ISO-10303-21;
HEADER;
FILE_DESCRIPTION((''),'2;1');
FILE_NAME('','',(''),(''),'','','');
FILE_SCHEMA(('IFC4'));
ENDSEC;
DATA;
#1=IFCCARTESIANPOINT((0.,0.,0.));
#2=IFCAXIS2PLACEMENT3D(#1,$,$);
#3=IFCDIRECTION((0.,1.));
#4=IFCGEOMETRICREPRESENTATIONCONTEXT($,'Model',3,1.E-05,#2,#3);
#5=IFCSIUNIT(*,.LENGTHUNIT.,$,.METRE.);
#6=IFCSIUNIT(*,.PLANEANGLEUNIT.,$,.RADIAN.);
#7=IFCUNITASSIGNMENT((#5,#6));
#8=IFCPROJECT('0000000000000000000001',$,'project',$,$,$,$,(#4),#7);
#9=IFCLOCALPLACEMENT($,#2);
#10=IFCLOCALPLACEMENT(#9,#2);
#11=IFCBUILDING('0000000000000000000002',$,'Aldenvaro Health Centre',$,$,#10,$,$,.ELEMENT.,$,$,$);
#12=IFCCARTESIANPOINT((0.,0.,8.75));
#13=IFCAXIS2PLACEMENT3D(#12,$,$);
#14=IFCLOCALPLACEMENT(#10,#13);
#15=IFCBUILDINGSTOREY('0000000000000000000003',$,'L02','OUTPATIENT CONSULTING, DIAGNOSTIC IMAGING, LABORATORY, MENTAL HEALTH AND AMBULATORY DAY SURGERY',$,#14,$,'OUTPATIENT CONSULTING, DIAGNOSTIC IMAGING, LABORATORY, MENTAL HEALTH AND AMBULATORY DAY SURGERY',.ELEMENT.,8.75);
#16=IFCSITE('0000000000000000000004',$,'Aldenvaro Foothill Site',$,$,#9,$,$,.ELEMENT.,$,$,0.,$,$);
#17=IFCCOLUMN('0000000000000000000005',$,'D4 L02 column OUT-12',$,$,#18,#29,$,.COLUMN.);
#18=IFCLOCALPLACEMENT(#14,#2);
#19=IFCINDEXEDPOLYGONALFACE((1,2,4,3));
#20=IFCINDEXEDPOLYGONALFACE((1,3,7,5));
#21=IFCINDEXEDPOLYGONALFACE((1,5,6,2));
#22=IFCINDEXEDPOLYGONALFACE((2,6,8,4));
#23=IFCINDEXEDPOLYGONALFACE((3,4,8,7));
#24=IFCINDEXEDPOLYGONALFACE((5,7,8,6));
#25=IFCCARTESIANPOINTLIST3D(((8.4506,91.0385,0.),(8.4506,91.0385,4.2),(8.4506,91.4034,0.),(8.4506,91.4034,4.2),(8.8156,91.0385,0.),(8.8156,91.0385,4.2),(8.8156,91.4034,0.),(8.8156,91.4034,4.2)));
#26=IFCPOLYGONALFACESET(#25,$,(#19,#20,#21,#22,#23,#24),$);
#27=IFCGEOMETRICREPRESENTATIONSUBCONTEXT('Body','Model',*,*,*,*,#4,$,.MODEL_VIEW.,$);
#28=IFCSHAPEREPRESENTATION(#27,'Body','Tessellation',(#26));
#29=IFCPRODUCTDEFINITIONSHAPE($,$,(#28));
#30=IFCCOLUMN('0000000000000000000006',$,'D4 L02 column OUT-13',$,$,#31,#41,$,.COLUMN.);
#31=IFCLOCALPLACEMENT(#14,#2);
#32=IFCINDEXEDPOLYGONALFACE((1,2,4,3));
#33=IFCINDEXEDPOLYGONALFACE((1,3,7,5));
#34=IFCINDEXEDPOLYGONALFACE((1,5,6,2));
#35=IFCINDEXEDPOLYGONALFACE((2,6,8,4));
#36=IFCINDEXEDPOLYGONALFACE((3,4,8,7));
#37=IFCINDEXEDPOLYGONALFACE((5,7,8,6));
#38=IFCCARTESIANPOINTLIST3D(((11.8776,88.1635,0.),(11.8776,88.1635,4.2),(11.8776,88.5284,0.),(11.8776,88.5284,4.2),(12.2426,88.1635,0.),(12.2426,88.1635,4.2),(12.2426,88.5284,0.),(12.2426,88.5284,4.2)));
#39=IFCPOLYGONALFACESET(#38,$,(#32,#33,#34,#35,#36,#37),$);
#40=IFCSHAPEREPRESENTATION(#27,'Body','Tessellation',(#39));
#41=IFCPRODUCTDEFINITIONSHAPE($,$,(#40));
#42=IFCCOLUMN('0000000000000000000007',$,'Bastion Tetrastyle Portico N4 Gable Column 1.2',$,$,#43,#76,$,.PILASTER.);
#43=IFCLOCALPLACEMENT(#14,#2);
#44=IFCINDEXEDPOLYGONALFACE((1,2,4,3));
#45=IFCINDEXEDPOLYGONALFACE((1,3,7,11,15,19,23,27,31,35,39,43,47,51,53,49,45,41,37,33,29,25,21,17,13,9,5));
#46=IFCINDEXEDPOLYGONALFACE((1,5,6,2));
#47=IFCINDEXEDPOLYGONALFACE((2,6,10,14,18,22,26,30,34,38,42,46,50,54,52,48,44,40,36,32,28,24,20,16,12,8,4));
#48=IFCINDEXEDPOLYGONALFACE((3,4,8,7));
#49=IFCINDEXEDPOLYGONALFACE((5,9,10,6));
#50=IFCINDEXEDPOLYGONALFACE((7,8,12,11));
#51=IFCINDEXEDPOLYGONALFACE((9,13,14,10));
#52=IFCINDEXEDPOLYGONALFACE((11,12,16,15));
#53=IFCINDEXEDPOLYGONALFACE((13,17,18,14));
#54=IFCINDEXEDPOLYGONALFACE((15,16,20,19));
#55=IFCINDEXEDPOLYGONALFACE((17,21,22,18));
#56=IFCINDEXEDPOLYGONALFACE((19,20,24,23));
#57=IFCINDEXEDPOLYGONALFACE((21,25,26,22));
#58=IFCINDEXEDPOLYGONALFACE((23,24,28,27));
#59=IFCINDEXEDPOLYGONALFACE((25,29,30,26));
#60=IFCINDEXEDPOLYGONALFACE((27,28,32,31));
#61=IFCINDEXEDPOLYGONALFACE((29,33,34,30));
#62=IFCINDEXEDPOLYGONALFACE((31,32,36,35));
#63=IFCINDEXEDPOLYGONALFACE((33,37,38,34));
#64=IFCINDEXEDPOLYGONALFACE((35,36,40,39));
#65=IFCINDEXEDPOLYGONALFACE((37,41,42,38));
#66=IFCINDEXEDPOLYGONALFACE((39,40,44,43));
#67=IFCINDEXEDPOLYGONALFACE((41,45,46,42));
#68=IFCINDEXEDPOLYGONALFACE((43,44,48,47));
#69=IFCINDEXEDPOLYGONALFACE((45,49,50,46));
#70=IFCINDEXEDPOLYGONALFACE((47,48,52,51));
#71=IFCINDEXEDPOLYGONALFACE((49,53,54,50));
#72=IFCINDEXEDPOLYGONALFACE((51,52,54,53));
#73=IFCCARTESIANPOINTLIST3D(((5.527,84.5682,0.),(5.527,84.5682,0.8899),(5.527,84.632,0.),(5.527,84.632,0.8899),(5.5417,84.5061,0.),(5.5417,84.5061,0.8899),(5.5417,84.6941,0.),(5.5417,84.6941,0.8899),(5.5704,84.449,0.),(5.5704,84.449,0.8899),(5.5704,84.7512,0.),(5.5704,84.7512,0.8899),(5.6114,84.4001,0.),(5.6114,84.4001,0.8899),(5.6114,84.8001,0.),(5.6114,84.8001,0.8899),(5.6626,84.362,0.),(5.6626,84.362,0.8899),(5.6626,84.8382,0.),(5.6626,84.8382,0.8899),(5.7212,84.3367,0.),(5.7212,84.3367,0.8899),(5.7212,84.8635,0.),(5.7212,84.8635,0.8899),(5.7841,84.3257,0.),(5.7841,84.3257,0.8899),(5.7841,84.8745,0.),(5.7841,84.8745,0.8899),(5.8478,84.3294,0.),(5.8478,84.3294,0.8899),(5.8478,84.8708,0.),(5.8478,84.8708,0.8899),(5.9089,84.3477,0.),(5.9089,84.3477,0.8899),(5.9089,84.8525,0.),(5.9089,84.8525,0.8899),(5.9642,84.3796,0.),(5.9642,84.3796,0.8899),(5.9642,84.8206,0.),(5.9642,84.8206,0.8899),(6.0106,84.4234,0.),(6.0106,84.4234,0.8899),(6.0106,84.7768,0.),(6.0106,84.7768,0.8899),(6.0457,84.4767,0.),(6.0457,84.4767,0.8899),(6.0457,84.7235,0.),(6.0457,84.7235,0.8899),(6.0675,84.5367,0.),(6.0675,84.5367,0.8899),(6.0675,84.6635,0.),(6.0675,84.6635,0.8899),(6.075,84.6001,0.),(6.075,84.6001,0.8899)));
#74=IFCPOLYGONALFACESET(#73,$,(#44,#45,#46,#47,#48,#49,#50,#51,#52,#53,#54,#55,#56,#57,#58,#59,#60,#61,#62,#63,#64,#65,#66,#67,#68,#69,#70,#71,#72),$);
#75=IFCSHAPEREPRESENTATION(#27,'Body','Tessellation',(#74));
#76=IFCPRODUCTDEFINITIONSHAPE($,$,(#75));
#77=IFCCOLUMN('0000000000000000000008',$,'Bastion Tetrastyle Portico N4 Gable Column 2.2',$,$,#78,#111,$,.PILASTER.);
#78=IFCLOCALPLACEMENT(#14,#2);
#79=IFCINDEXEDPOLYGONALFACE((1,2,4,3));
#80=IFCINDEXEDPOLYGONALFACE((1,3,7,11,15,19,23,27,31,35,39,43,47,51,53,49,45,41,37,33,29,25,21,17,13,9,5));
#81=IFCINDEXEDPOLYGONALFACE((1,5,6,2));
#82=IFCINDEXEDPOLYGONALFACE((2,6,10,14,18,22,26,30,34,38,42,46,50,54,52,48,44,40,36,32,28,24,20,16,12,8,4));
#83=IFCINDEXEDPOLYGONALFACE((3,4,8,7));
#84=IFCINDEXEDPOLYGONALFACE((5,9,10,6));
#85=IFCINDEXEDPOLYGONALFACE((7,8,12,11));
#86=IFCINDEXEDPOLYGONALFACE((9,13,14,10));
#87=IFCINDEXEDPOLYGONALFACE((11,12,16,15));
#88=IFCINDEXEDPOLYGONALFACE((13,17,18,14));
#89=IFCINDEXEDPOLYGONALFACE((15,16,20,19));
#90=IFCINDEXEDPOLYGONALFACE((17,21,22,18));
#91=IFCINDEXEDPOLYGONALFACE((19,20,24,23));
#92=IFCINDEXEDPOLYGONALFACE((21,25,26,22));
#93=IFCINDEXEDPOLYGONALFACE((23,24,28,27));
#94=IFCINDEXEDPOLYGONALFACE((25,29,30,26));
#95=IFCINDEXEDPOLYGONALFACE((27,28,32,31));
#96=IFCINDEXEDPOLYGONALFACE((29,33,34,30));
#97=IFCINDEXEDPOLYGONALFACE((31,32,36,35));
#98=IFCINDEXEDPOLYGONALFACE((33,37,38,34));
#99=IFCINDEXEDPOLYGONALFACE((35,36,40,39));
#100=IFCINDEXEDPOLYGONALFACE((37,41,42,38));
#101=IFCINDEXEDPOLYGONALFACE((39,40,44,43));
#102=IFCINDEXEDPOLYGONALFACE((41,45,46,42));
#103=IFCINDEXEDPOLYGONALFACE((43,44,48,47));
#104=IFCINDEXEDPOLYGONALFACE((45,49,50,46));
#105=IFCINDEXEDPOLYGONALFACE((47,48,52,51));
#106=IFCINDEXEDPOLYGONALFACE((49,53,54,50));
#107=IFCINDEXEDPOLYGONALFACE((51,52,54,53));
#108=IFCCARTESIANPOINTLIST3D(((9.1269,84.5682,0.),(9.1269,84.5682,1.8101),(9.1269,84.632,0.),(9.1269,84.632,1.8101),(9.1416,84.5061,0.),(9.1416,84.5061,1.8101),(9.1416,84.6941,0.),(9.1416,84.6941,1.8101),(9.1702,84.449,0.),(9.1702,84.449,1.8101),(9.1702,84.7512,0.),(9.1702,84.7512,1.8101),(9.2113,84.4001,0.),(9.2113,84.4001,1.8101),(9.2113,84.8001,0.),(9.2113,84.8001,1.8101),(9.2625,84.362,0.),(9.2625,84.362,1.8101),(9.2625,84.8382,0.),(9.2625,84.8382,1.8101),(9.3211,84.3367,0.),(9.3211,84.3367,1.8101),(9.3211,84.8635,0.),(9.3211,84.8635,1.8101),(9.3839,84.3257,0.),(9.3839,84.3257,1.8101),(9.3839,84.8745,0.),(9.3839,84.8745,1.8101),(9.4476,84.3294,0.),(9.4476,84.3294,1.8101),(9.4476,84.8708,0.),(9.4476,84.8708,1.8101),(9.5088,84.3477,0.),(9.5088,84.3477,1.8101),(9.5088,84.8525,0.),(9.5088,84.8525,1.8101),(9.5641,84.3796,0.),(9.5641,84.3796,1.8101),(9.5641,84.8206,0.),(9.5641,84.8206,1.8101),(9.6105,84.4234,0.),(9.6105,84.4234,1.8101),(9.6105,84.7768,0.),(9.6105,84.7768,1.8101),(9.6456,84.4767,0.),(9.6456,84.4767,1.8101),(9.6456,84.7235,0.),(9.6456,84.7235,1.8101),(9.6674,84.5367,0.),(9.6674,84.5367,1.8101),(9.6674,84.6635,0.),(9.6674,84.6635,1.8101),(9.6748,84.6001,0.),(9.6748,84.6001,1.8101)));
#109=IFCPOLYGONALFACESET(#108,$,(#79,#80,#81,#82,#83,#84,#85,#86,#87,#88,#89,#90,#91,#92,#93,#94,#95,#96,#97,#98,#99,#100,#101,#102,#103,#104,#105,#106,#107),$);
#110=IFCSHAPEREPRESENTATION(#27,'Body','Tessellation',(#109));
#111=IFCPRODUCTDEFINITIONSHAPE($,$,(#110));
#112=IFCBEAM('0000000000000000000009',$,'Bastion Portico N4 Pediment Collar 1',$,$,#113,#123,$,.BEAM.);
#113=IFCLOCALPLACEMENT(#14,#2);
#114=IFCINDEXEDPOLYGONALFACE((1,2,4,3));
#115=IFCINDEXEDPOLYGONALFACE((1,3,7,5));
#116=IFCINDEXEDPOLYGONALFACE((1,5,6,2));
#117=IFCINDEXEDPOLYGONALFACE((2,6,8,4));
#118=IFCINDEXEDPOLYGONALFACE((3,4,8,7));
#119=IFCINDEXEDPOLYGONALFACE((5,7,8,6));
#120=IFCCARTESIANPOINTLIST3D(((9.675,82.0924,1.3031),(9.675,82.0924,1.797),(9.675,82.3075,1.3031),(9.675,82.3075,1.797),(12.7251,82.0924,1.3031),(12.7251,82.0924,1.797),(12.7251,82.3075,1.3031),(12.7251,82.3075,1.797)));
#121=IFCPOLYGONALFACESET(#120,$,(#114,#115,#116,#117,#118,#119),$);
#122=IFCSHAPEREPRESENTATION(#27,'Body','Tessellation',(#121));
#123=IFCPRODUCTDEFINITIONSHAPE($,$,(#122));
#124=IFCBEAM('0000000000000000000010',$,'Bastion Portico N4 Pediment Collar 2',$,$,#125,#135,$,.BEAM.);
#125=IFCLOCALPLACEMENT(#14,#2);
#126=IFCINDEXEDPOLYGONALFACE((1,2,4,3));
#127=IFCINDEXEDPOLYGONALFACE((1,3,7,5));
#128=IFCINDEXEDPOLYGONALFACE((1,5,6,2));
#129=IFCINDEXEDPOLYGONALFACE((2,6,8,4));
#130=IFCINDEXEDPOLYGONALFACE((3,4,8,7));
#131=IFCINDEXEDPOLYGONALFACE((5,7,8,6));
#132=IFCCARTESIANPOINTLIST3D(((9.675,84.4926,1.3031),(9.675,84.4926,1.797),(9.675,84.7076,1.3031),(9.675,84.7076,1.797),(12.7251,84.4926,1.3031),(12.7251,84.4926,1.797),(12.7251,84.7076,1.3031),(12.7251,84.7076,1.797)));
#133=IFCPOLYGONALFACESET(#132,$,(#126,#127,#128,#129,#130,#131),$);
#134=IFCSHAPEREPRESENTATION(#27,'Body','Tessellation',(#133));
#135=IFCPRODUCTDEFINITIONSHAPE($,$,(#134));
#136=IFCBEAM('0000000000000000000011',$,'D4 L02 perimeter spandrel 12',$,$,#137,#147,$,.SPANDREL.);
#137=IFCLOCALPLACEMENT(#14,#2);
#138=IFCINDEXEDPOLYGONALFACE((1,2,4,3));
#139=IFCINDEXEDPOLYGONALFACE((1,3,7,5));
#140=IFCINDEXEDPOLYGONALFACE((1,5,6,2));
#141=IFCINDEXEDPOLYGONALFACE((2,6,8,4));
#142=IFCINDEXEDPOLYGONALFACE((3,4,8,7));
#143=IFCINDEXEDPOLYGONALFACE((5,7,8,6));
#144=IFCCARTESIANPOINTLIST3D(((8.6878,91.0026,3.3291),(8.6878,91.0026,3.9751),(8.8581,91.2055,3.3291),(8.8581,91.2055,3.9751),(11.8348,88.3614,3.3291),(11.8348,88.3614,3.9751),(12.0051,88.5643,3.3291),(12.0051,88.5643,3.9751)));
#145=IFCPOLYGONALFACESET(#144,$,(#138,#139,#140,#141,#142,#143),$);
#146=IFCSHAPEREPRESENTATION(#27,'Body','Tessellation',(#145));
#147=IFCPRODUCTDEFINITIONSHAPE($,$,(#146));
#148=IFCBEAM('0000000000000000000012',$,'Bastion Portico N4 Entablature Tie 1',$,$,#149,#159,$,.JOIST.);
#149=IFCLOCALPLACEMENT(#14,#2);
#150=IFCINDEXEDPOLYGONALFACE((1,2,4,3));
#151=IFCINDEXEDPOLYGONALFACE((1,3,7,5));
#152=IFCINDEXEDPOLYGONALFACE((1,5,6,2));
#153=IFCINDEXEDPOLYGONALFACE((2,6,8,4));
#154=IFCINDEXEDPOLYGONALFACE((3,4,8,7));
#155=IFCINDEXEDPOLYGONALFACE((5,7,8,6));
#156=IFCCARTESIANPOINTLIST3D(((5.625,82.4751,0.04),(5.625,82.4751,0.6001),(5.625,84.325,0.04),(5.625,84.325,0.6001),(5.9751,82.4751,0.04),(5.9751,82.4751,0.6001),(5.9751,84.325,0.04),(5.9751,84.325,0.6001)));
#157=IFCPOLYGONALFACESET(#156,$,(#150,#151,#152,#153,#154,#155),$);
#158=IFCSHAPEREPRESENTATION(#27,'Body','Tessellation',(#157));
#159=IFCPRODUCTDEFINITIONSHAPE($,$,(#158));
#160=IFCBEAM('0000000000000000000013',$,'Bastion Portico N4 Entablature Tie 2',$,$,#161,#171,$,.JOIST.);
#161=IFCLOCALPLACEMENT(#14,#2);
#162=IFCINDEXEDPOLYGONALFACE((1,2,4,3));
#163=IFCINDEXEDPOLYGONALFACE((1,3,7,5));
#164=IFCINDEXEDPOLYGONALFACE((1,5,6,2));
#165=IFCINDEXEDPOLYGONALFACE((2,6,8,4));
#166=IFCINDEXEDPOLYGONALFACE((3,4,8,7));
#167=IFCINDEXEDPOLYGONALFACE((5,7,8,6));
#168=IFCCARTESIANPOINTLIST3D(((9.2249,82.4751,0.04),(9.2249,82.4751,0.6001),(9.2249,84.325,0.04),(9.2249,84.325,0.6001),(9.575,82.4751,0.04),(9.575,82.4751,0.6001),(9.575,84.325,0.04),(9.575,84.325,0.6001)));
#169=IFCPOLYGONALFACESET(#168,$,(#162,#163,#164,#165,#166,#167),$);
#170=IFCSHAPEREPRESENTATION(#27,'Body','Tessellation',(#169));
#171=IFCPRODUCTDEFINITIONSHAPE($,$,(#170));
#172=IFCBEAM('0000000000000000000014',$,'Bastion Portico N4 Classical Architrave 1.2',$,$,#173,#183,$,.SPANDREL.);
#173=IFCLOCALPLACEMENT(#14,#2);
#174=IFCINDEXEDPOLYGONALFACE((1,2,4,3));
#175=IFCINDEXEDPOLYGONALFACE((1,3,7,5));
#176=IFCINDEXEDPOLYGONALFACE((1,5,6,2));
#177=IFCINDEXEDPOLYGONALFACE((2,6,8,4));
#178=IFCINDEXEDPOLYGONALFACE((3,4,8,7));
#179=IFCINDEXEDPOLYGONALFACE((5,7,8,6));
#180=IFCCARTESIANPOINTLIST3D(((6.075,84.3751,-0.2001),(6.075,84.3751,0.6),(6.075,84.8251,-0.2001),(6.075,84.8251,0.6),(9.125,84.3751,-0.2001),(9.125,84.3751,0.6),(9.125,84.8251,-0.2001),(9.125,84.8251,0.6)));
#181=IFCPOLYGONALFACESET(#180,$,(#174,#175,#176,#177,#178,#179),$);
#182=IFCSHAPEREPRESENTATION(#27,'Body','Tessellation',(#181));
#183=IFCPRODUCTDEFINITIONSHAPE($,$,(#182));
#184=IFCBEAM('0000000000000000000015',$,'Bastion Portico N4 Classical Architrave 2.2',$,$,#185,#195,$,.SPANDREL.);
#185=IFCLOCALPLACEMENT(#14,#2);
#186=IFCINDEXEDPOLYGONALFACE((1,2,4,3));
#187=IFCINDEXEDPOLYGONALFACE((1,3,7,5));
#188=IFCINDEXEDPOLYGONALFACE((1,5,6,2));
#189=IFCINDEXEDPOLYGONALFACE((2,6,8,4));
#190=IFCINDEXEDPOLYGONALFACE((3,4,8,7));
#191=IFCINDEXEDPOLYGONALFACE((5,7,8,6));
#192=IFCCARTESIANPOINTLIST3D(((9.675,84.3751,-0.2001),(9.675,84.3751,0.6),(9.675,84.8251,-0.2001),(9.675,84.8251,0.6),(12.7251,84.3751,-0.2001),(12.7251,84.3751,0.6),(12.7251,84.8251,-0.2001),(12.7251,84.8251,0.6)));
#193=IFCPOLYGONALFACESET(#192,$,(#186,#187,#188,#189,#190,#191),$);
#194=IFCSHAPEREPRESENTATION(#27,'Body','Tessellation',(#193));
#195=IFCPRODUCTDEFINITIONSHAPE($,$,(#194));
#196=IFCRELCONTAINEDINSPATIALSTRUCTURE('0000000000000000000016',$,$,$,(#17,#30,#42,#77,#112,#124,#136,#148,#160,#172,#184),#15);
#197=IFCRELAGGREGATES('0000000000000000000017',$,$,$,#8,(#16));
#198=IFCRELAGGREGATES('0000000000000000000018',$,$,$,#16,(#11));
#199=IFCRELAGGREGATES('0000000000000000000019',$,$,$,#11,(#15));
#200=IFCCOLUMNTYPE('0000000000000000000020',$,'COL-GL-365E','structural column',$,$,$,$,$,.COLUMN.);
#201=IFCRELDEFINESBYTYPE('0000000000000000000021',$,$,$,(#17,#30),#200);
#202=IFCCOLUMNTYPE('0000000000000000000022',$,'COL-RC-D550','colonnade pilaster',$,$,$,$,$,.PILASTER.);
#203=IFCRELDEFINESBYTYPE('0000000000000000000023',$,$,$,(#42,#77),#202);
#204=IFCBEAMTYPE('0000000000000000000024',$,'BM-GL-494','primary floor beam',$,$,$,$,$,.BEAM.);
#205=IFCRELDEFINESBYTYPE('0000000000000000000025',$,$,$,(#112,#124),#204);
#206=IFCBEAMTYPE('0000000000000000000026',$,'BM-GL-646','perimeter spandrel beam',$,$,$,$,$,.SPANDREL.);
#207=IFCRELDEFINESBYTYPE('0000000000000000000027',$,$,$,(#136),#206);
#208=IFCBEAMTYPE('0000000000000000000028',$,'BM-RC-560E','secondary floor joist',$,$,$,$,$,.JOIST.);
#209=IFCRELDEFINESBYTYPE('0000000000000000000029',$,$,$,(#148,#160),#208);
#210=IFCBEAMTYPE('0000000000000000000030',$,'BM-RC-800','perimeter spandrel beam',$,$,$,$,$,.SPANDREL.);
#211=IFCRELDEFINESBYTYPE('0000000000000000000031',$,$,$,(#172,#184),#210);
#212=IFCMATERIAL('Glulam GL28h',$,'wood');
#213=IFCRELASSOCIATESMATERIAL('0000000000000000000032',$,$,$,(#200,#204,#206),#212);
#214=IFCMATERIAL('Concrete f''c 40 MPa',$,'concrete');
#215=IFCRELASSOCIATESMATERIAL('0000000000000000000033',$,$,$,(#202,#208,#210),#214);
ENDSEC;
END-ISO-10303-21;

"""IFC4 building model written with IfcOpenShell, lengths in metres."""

from ifc_helpers import new_model, si_unit, direction, frame, origin, origin_2d, place, context, subcontext, project, spatial, rectangle, circle, extrude, material, material_profile, profile_set, type_object, element, save


model = new_model("IFC4")

# Units and contexts
model_context = context("Model", 3, precision=1e-05, world=origin(), true_north=direction((0.0, 1.0)))
body_context = subcontext(model_context, "Body", "Model", "MODEL_VIEW")
ifc_project = project(units=[si_unit("LENGTHUNIT", "METRE"), si_unit("PLANEANGLEUNIT", "RADIAN")], contexts=[model_context])

# Site, building, storey
site_placement = place(None, origin())
site = spatial("IfcSite", under=ifc_project, at=site_placement, Name="Aldenvaro Foothill Site", CompositionType="ELEMENT", RefElevation=0.0)
building_placement = place(site_placement, origin())
building = spatial("IfcBuilding", under=site, at=building_placement, Name="Aldenvaro Health Centre", CompositionType="ELEMENT")
storey_placement = place(building_placement, frame((0.0, 0.0, 8.75)))
storey = spatial("IfcBuildingStorey", under=building, at=storey_placement, Name="L02", Description="OUTPATIENT CONSULTING, DIAGNOSTIC IMAGING, LABORATORY, MENTAL HEALTH AND AMBULATORY DAY SURGERY", LongName="OUTPATIENT CONSULTING, DIAGNOSTIC IMAGING, LABORATORY, MENTAL HEALTH AND AMBULATORY DAY SURGERY", CompositionType="ELEMENT", Elevation=8.75)

# Columns
ifc_material_1 = material(Name="Glulam GL28h", Category="wood")
ifc_material_profile_1 = material_profile(ifc_material_1, rectangle(XDim=0.365, YDim=0.365, at=origin_2d()), Name="GL 365x365", Category="wood")
ifc_profile_set_1 = profile_set([ifc_material_profile_1], Name="Glulam GL28h")
column_type_1 = type_object("IfcColumnType", Name="COL-GL-365E", Description="structural column", PredefinedType="COLUMN", material=ifc_profile_set_1)
for number, where, z_axis, x_axis, name in (
    (1, (8.6331, 91.2209, 0.0), (0.0, 0.0, 1.0), (1.0, 0.0, 0.0), "D4 L02 column OUT-12"),
    (2, (12.0601, 88.3459, 0.0), (0.0, 0.0, 1.0), (1.0, 0.0, 0.0), "D4 L02 column OUT-13"),
):
    element("IfcColumn", number, at=place(storey_placement, frame(where, z_axis=z_axis, x_axis=x_axis)), inside=storey, type_object=column_type_1, Name=name, PredefinedType="COLUMN", context=body_context, shape_type="SweptSolid", body=[
        extrude(rectangle(XDim=0.365, YDim=0.365, at=origin_2d()), origin(), (0.0, 0.0, 1.0), 4.2),
    ])
ifc_material_2 = material(Name="Concrete f'c 40 MPa", Category="concrete")
ifc_material_profile_2 = material_profile(ifc_material_2, circle(Radius=0.2749, at=origin_2d()), Name="RC D550", Category="concrete")
ifc_profile_set_2 = profile_set([ifc_material_profile_2], Name="Concrete f'c 40 MPa")
column_type_2 = type_object("IfcColumnType", Name="COL-RC-D550", Description="colonnade pilaster", PredefinedType="PILASTER", material=ifc_profile_set_2)
column_1_placement = place(storey_placement, frame((5.8, 84.6001, 0.0), z_axis=(0.0, 0.0, 1.0), x_axis=(1.0, 0.0, 0.0)))
element("IfcColumn", 3, at=column_1_placement, inside=storey, type_object=column_type_2, Name="Bastion Tetrastyle Portico N4 Gable Column 1.2", PredefinedType="PILASTER", context=body_context, shape_type="SweptSolid", body=[
    extrude(circle(Radius=0.2749, at=origin_2d()), origin(), (0.0, 0.0, 1.0), 0.8899),
])
column_2_placement = place(storey_placement, frame((9.3999, 84.6001, 0.0), z_axis=(0.0, 0.0, 1.0), x_axis=(1.0, 0.0, 0.0)))
element("IfcColumn", 4, at=column_2_placement, inside=storey, type_object=column_type_2, Name="Bastion Tetrastyle Portico N4 Gable Column 2.2", PredefinedType="PILASTER", context=body_context, shape_type="SweptSolid", body=[
    extrude(circle(Radius=0.2749, at=origin_2d()), origin(), (0.0, 0.0, 1.0), 1.8101),
])

# Beams
ifc_material_profile_3 = material_profile(ifc_material_1, rectangle(XDim=0.2151, YDim=0.4939, at=origin_2d()), Name="GL 215x494", Category="wood")
ifc_profile_set_3 = profile_set([ifc_material_profile_3], Name="Glulam GL28h")
beam_type_1 = type_object("IfcBeamType", Name="BM-GL-494", Description="primary floor beam", PredefinedType="BEAM", material=ifc_profile_set_3)
for number, where, z_axis, x_axis, name in (
    (5, (9.675, 82.2, 1.55), (1.0, 0.0, 0.0), (0.0, 1.0, 0.0), "Bastion Portico N4 Pediment Collar 1"),
    (6, (9.675, 84.6001, 1.55), (1.0, 0.0, 0.0), (0.0, 1.0, 0.0), "Bastion Portico N4 Pediment Collar 2"),
):
    element("IfcBeam", number, at=place(storey_placement, frame(where, z_axis=z_axis, x_axis=x_axis)), inside=storey, type_object=beam_type_1, Name=name, PredefinedType="BEAM", context=body_context, shape_type="SweptSolid", body=[
        extrude(rectangle(XDim=0.2151, YDim=0.4939, at=origin_2d()), origin(), (0.0, 0.0, 1.0), 3.05),
    ])
ifc_material_profile_4 = material_profile(ifc_material_1, rectangle(XDim=0.2649, YDim=0.646, at=origin_2d()), Name="GL 265x646", Category="wood")
ifc_profile_set_4 = profile_set([ifc_material_profile_4], Name="Glulam GL28h")
beam_type_2 = type_object("IfcBeamType", Name="BM-GL-646", Description="perimeter spandrel beam", PredefinedType="SPANDREL", material=ifc_profile_set_4)
beam_placement = place(storey_placement, frame((8.7729, 91.104, 3.6521), z_axis=(0.765986, -0.642858, 0.0), x_axis=(0.642858, 0.765986, 0.0)))
element("IfcBeam", 7, at=beam_placement, inside=storey, type_object=beam_type_2, Name="D4 L02 perimeter spandrel 12", PredefinedType="SPANDREL", context=body_context, shape_type="SweptSolid", body=[
    extrude(rectangle(XDim=0.2649, YDim=0.646, at=origin_2d()), origin(), (0.0, 0.0, 1.0), 4.1084),
])
ifc_material_profile_5 = material_profile(ifc_material_2, rectangle(XDim=0.3501, YDim=0.5601, at=origin_2d()), Name="RC 350x560", Category="concrete")
ifc_profile_set_5 = profile_set([ifc_material_profile_5], Name="Concrete f'c 40 MPa")
beam_type_3 = type_object("IfcBeamType", Name="BM-RC-560E", Description="secondary floor joist", PredefinedType="JOIST", material=ifc_profile_set_5)
for number, where, z_axis, x_axis, name in (
    (8, (5.8, 82.4751, 0.3201), (0.0, 1.0, 0.0), (-1.0, 0.0, 0.0), "Bastion Portico N4 Entablature Tie 1"),
    (9, (9.3999, 82.4751, 0.3201), (0.0, 1.0, 0.0), (-1.0, 0.0, 0.0), "Bastion Portico N4 Entablature Tie 2"),
):
    element("IfcBeam", number, at=place(storey_placement, frame(where, z_axis=z_axis, x_axis=x_axis)), inside=storey, type_object=beam_type_3, Name=name, PredefinedType="JOIST", context=body_context, shape_type="SweptSolid", body=[
        extrude(rectangle(XDim=0.3501, YDim=0.5601, at=origin_2d()), origin(), (0.0, 0.0, 1.0), 1.8499),
    ])
ifc_material_profile_6 = material_profile(ifc_material_2, rectangle(XDim=0.45, YDim=0.8, at=origin_2d()), Name="RC 450x800", Category="concrete")
ifc_profile_set_6 = profile_set([ifc_material_profile_6], Name="Concrete f'c 40 MPa")
beam_type_4 = type_object("IfcBeamType", Name="BM-RC-800", Description="perimeter spandrel beam", PredefinedType="SPANDREL", material=ifc_profile_set_6)
for number, where, z_axis, x_axis, name in (
    (10, (6.075, 84.6001, 0.2), (1.0, 0.0, 0.0), (0.0, 1.0, 0.0), "Bastion Portico N4 Classical Architrave 1.2"),
    (11, (9.675, 84.6001, 0.2), (1.0, 0.0, 0.0), (0.0, 1.0, 0.0), "Bastion Portico N4 Classical Architrave 2.2"),
):
    element("IfcBeam", number, at=place(storey_placement, frame(where, z_axis=z_axis, x_axis=x_axis)), inside=storey, type_object=beam_type_4, Name=name, PredefinedType="SPANDREL", context=body_context, shape_type="SweptSolid", body=[
        extrude(rectangle(XDim=0.45, YDim=0.8, at=origin_2d()), origin(), (0.0, 0.0, 1.0), 3.05),
    ])

save(model, "model.ifc")
